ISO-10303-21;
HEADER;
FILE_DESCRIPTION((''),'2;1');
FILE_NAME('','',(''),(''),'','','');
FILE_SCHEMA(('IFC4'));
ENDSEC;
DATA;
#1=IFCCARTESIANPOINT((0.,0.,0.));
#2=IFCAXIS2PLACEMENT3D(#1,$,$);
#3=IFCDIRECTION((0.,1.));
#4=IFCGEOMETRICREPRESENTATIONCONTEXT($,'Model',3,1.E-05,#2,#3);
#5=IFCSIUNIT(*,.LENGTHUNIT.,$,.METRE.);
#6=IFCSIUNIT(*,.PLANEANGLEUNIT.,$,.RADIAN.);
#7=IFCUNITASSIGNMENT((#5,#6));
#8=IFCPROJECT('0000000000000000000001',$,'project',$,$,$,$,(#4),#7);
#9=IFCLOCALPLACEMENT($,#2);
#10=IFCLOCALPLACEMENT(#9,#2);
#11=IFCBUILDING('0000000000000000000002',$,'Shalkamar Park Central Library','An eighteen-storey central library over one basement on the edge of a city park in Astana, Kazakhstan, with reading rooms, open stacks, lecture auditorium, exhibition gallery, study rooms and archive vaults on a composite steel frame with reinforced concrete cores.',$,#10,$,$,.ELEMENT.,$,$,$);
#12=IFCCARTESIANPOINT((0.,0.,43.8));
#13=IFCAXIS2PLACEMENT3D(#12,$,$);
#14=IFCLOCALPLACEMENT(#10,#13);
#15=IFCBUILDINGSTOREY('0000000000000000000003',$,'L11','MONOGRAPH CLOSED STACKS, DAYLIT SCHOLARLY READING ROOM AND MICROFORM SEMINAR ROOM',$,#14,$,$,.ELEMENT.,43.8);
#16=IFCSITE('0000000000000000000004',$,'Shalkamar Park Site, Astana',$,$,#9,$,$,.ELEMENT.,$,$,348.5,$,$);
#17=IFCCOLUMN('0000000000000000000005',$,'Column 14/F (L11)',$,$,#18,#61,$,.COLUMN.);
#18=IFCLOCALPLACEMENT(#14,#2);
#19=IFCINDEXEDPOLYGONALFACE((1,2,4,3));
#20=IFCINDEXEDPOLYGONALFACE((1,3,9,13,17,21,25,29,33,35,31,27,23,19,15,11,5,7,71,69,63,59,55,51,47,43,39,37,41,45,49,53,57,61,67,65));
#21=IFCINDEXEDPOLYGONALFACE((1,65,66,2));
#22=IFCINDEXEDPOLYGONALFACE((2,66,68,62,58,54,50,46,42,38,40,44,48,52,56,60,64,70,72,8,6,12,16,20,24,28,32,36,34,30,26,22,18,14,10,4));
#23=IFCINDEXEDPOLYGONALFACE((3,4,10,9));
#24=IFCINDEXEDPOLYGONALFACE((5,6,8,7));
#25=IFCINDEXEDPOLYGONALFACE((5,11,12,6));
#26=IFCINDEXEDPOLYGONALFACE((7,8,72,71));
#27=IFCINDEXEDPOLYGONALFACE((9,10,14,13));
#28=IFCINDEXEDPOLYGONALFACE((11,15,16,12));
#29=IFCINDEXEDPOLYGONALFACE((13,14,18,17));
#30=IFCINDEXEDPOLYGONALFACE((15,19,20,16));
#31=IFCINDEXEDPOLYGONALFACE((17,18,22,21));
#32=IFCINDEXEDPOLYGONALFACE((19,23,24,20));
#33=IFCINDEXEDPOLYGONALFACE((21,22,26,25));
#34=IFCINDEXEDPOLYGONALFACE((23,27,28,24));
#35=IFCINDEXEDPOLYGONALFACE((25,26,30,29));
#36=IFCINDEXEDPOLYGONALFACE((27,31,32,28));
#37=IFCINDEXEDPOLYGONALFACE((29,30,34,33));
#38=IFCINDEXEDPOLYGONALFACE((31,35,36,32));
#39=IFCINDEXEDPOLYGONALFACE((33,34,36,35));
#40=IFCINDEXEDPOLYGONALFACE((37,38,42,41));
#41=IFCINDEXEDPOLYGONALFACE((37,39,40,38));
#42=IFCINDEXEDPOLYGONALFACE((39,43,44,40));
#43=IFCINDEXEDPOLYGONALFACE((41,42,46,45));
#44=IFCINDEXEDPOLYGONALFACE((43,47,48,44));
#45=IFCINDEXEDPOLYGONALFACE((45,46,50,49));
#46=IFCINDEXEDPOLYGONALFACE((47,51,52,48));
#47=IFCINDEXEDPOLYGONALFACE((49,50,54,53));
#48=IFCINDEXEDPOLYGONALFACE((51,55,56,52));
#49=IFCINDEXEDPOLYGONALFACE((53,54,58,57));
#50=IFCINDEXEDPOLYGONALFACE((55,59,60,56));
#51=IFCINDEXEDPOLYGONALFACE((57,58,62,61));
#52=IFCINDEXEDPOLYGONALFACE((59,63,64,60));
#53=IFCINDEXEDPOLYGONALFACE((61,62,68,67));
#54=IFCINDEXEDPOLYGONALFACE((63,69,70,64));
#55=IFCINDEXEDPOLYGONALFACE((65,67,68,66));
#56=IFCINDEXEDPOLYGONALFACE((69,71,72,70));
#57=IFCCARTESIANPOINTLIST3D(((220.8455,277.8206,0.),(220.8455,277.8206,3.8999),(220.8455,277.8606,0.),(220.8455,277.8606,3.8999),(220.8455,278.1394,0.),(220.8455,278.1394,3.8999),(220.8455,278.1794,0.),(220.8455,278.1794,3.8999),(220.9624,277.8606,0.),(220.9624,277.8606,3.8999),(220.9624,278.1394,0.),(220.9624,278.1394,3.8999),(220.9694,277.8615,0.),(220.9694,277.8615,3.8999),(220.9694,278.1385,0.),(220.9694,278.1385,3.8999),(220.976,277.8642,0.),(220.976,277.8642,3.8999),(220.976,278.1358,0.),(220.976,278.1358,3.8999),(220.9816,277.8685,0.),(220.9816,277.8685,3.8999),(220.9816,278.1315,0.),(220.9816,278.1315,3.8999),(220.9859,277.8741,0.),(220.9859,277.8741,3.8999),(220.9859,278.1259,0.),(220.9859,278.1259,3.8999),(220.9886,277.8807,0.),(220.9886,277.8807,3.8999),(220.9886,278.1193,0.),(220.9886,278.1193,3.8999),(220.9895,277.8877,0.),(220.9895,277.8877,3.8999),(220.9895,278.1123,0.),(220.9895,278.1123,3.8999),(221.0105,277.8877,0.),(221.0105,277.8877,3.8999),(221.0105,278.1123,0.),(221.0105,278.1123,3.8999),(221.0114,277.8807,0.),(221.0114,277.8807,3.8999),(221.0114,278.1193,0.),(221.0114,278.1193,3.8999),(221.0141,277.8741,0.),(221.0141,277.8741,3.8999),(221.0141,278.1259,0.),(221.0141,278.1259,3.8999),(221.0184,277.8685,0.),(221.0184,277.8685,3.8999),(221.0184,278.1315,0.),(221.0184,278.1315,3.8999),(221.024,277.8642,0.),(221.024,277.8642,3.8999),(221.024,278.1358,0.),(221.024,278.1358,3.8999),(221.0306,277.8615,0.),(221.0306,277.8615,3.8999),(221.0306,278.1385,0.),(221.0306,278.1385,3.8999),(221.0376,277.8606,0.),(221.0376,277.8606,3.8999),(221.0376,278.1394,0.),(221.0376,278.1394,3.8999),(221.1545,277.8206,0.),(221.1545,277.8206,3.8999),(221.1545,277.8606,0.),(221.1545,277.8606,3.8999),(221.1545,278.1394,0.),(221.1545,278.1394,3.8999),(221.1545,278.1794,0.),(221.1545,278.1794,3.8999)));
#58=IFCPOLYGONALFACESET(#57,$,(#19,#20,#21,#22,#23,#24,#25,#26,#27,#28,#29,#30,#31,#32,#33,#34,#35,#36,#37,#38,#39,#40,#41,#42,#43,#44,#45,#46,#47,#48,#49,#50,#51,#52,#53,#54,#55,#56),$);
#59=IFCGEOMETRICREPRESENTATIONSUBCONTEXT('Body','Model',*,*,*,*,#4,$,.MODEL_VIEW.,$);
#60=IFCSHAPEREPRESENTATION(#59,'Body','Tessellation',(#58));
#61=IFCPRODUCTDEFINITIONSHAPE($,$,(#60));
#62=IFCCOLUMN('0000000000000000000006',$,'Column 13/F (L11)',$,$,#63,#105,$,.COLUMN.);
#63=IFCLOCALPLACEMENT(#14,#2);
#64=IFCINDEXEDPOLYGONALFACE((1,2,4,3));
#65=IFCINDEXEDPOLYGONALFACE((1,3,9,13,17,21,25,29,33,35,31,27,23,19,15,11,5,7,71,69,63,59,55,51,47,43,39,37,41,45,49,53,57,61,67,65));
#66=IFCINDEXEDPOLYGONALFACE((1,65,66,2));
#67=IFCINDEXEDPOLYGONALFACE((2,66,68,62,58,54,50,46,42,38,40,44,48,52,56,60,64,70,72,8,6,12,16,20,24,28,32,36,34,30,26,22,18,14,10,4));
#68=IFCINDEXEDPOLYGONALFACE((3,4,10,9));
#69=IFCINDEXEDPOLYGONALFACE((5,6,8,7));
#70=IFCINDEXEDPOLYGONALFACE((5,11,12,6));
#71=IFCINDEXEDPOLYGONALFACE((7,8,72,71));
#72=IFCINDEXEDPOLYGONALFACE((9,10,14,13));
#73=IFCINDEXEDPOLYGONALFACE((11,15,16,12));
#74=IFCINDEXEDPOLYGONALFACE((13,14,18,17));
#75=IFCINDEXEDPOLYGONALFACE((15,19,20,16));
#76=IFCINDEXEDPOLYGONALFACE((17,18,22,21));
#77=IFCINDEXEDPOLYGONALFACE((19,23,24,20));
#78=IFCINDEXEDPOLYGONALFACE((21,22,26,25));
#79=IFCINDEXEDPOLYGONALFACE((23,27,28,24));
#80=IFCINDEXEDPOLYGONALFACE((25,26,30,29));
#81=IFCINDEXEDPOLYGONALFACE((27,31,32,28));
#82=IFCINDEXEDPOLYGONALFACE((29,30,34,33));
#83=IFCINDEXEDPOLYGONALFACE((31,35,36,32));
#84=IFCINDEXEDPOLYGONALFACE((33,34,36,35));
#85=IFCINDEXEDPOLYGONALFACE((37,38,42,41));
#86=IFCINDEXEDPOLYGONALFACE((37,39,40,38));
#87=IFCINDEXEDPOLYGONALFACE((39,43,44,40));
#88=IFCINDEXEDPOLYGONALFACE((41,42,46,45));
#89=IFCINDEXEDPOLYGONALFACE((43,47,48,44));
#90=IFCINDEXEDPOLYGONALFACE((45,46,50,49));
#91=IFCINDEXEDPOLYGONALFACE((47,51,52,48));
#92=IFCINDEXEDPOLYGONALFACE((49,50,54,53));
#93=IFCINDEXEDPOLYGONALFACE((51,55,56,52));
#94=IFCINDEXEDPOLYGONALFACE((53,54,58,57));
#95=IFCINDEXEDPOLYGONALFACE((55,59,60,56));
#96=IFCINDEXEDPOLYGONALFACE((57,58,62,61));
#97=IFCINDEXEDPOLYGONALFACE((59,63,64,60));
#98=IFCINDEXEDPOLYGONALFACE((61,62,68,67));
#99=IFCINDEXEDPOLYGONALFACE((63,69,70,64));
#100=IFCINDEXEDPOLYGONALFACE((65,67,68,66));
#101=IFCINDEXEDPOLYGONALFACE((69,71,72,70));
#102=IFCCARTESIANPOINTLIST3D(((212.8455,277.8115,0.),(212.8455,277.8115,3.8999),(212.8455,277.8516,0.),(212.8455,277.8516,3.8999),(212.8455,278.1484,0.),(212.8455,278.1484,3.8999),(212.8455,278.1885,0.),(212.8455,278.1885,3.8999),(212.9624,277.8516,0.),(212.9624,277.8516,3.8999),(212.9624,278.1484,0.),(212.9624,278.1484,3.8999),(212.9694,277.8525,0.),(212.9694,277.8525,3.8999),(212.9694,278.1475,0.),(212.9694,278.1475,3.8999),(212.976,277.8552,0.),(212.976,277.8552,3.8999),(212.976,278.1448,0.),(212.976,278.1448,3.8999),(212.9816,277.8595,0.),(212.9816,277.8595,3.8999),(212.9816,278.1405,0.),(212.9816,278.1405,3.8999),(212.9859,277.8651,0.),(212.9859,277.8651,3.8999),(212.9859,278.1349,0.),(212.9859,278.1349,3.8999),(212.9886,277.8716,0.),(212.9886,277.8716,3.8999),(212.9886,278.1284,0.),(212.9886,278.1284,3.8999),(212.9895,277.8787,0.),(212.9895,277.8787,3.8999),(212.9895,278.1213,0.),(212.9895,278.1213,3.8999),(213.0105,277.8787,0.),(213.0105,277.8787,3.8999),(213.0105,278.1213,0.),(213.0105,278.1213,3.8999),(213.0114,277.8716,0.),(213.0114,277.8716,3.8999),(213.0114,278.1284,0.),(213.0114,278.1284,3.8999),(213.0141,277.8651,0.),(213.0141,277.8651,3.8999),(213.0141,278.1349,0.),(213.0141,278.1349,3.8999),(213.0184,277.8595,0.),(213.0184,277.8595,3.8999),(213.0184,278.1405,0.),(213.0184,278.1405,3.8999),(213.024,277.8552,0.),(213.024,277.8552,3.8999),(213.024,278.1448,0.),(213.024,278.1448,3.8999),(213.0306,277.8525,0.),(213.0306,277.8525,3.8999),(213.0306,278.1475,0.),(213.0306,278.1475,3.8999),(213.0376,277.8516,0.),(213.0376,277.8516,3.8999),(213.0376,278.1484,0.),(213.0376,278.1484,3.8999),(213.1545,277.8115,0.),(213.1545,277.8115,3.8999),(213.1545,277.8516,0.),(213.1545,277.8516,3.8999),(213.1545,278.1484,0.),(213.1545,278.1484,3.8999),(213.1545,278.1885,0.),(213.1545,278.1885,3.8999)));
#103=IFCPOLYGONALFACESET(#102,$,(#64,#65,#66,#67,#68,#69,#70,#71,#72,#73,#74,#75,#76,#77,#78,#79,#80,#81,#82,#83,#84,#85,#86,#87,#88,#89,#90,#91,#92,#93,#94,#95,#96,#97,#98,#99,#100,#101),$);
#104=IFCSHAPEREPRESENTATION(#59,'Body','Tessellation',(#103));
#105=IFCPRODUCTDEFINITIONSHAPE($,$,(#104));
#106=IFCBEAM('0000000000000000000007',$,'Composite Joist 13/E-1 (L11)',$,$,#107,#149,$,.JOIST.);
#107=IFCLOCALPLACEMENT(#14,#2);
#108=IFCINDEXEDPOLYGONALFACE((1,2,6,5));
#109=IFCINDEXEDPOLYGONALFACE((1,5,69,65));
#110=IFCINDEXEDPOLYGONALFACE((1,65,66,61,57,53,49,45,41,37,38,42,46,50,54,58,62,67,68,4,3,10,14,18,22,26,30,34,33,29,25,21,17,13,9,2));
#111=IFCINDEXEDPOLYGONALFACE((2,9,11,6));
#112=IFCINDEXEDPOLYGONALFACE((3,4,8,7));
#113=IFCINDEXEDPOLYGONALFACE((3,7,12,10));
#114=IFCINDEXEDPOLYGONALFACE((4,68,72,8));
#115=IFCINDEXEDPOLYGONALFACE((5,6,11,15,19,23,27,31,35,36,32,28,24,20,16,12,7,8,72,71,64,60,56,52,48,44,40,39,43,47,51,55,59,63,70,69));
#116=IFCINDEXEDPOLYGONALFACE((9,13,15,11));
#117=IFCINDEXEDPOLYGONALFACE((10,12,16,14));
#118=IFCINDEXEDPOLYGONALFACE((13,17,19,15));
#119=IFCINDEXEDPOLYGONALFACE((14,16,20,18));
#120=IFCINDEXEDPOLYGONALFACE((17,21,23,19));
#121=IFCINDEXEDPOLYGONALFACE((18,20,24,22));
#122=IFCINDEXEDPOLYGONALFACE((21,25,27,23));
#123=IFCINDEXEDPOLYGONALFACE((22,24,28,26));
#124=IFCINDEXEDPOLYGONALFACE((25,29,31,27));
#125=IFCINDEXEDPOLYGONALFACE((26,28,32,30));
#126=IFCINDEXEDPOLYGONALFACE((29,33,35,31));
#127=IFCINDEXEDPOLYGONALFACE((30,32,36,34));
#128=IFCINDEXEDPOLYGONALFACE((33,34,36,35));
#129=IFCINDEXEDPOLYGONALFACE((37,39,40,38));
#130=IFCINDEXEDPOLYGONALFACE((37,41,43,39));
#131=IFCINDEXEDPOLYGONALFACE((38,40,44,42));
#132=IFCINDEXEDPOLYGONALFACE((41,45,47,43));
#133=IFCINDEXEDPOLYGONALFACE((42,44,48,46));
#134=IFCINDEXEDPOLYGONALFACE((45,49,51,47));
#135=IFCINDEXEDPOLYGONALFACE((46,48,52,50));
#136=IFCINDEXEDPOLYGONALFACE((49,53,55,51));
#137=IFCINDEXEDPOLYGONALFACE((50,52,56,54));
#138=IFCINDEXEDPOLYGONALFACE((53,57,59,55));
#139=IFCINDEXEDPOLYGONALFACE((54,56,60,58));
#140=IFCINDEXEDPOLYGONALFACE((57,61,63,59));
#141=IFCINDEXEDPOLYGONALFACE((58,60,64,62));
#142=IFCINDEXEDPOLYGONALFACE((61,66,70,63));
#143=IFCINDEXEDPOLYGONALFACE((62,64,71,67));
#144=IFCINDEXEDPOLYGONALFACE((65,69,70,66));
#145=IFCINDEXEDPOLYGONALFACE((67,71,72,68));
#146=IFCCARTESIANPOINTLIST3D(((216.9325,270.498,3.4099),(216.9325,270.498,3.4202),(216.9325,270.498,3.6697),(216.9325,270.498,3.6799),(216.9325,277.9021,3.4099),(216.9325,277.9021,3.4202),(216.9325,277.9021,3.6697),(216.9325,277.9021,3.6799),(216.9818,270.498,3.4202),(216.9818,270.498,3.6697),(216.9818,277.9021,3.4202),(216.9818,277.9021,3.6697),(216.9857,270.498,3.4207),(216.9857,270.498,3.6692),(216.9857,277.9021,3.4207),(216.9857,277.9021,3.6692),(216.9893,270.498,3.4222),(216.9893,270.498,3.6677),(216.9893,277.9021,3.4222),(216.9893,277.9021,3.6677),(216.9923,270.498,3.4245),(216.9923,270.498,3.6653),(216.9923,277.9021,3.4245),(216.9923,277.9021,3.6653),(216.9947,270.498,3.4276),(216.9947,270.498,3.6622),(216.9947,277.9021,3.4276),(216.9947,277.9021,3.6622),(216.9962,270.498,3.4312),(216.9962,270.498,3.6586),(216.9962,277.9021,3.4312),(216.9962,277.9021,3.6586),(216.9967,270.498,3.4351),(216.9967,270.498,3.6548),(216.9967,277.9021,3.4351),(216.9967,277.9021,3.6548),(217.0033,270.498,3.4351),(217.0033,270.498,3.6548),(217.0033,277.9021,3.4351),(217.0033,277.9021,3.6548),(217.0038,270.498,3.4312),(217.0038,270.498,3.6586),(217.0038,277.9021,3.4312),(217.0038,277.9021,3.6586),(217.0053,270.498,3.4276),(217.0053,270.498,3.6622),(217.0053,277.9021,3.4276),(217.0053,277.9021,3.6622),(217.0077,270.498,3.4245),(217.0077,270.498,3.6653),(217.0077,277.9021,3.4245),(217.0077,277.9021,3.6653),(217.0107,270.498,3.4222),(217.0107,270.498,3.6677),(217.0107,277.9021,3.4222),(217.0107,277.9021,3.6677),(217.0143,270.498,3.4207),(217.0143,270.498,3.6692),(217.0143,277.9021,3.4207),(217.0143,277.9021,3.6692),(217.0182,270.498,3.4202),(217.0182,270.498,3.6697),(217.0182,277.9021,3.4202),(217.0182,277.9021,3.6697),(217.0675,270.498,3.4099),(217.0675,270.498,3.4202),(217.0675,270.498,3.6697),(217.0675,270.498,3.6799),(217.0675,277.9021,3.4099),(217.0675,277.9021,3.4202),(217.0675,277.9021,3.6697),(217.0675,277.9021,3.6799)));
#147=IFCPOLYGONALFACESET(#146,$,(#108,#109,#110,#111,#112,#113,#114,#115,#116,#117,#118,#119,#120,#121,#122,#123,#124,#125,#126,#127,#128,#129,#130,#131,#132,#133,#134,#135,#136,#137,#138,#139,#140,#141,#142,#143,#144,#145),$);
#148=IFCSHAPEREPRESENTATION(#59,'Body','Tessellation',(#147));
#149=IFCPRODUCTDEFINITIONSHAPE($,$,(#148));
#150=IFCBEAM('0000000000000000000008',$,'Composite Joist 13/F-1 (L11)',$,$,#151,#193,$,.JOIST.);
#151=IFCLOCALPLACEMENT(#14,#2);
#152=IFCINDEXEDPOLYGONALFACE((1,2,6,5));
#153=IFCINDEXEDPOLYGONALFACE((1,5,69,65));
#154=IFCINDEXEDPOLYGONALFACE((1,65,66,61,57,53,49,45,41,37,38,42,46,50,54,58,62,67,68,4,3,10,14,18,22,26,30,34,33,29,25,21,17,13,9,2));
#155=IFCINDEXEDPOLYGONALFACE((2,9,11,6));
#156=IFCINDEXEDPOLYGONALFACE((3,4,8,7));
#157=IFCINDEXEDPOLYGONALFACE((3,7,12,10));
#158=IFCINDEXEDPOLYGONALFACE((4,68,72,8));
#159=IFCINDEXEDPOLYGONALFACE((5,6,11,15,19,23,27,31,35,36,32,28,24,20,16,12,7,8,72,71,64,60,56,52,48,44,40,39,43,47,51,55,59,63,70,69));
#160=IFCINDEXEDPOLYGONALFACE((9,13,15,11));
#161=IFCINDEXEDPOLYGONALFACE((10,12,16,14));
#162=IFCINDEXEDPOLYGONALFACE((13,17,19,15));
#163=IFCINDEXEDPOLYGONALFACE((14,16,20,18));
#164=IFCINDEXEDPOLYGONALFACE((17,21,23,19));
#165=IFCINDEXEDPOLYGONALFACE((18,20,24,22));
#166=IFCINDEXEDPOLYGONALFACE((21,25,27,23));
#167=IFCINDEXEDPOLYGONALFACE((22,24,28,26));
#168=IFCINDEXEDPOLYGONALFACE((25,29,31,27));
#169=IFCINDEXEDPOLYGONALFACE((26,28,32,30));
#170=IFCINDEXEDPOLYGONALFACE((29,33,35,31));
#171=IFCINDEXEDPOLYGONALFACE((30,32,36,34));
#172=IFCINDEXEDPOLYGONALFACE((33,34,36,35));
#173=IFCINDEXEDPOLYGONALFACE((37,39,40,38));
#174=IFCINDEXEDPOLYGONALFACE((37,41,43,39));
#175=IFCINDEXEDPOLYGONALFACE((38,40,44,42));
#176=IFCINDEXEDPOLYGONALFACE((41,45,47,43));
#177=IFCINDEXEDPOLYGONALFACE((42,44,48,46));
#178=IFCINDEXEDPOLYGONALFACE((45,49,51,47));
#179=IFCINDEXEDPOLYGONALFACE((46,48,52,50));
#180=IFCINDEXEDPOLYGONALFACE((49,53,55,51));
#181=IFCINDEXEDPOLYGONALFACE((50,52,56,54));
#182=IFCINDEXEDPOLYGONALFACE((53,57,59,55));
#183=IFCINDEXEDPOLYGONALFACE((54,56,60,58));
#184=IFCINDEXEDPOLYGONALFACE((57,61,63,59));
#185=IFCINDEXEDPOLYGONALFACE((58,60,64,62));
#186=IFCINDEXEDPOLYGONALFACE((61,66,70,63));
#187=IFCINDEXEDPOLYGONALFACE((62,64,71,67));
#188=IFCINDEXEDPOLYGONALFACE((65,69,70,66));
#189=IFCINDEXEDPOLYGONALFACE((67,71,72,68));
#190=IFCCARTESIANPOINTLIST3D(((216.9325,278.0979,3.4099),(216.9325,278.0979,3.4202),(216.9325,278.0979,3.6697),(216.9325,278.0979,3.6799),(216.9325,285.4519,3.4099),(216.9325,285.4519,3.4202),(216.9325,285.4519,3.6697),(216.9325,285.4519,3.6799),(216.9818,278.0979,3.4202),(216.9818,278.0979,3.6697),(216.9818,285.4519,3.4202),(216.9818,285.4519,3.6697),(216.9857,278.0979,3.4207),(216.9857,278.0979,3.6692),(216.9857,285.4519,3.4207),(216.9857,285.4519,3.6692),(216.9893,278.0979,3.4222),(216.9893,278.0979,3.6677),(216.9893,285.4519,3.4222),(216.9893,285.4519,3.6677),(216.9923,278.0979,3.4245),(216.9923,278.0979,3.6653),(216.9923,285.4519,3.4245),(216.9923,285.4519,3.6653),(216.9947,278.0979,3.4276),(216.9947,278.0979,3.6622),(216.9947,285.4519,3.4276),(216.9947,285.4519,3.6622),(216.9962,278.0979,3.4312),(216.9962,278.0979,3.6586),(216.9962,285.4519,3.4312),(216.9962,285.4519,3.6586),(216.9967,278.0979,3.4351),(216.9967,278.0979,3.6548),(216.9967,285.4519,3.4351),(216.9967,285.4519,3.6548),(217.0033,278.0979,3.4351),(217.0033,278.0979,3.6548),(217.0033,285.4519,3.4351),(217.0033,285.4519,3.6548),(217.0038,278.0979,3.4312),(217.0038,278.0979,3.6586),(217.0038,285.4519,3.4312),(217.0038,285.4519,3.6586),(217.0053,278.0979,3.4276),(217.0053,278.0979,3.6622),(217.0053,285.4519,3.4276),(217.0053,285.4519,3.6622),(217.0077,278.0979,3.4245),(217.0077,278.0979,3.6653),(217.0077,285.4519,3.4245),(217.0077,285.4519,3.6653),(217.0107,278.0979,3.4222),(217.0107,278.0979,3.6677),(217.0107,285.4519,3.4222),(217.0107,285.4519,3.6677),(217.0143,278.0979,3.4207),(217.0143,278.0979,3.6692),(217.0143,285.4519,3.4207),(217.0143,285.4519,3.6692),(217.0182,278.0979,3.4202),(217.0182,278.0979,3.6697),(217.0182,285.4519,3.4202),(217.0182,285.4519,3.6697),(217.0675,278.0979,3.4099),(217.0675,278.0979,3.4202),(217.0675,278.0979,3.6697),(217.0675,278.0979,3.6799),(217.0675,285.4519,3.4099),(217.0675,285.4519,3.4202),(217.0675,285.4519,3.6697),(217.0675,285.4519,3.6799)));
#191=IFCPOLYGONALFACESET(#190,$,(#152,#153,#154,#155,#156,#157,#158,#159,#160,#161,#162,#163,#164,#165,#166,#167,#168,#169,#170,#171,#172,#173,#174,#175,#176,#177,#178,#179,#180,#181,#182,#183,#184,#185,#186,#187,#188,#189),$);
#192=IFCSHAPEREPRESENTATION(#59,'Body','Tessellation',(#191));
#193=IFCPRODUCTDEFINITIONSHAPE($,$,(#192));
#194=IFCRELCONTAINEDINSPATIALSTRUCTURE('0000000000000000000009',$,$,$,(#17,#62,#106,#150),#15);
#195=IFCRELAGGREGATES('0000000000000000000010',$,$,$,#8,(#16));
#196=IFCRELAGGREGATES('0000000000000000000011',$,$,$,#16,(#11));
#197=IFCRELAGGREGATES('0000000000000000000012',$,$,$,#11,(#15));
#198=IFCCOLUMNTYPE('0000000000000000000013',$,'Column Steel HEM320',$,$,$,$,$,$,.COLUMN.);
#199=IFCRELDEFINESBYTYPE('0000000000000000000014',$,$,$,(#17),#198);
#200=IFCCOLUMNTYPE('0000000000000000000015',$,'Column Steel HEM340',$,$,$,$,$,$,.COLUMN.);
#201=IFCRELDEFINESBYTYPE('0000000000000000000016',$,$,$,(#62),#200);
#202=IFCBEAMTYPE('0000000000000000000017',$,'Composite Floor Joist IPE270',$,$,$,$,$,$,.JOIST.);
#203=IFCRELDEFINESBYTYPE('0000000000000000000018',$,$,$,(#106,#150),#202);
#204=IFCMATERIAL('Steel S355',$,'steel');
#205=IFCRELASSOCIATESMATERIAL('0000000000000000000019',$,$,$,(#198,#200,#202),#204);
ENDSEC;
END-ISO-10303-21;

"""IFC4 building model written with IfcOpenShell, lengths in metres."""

from ifc_helpers import new_model, si_unit, direction, frame, origin, origin_2d, place, context, subcontext, project, spatial, i_section, extrude, material, material_profile, profile_set, type_object, element, save


model = new_model("IFC4")

# Units and contexts
model_context = context("Model", 3, precision=1e-05, world=origin(), true_north=direction((0.0, 1.0)))
body_context = subcontext(model_context, "Body", "Model", "MODEL_VIEW")
ifc_project = project(units=[si_unit("LENGTHUNIT", "METRE"), si_unit("PLANEANGLEUNIT", "RADIAN")], contexts=[model_context])

# Site, building, storey
site_placement = place(None, origin())
site = spatial("IfcSite", under=ifc_project, at=site_placement, Name="Shalkamar Park Site, Astana", CompositionType="ELEMENT", RefElevation=348.5)
building_placement = place(site_placement, origin())
building = spatial("IfcBuilding", under=site, at=building_placement, Name="Shalkamar Park Central Library", Description="An eighteen-storey central library over one basement on the edge of a city park in Astana, Kazakhstan, with reading rooms, open stacks, lecture auditorium, exhibition gallery, study rooms and archive vaults on a composite steel frame with reinforced concrete cores.", CompositionType="ELEMENT")
storey_placement = place(building_placement, frame((0.0, 0.0, 43.8)))
storey = spatial("IfcBuildingStorey", under=building, at=storey_placement, Name="L11", Description="MONOGRAPH CLOSED STACKS, DAYLIT SCHOLARLY READING ROOM AND MICROFORM SEMINAR ROOM", CompositionType="ELEMENT", Elevation=43.8)

# Columns
ifc_material_1 = material(Name="Steel S355", Category="steel")
ifc_material_profile_1 = material_profile(ifc_material_1, i_section(OverallWidth=0.3091, OverallDepth=0.3589, WebThickness=0.021, FlangeThickness=0.04, FilletRadius=0.0271, at=origin_2d()), Name="HEM 320")
ifc_profile_set_1 = profile_set([ifc_material_profile_1], Name="Steel S355")
column_type_1 = type_object("IfcColumnType", Name="Column Steel HEM320", PredefinedType="COLUMN", material=ifc_profile_set_1)
column_1_placement = place(storey_placement, frame((221.0, 278.0, 0.0), z_axis=(0.0, 0.0, 1.0), x_axis=(1.0, 0.0, 0.0)))
element("IfcColumn", 1, at=column_1_placement, inside=storey, type_object=column_type_1, Name="Column 14/F (L11)", PredefinedType="COLUMN", context=body_context, shape_type="SweptSolid", body=[
    extrude(i_section(OverallWidth=0.3091, OverallDepth=0.3589, WebThickness=0.021, FlangeThickness=0.04, FilletRadius=0.0271, at=origin_2d()), origin(), (0.0, 0.0, 1.0), 3.8999),
])
ifc_material_profile_2 = material_profile(ifc_material_1, i_section(OverallWidth=0.3091, OverallDepth=0.377, WebThickness=0.021, FlangeThickness=0.04, FilletRadius=0.0271, at=origin_2d()), Name="HEM 340")
ifc_profile_set_2 = profile_set([ifc_material_profile_2], Name="Steel S355")
column_type_2 = type_object("IfcColumnType", Name="Column Steel HEM340", PredefinedType="COLUMN", material=ifc_profile_set_2)
column_2_placement = place(storey_placement, frame((213.0, 278.0, 0.0), z_axis=(0.0, 0.0, 1.0), x_axis=(1.0, 0.0, 0.0)))
element("IfcColumn", 2, at=column_2_placement, inside=storey, type_object=column_type_2, Name="Column 13/F (L11)", PredefinedType="COLUMN", context=body_context, shape_type="SweptSolid", body=[
    extrude(i_section(OverallWidth=0.3091, OverallDepth=0.377, WebThickness=0.021, FlangeThickness=0.04, FilletRadius=0.0271, at=origin_2d()), origin(), (0.0, 0.0, 1.0), 3.8999),
])

# Beams
ifc_material_profile_3 = material_profile(ifc_material_1, i_section(OverallWidth=0.135, OverallDepth=0.27, WebThickness=0.0066, FlangeThickness=0.0103, FilletRadius=0.0149, at=origin_2d()), Name="IPE 270")
ifc_profile_set_3 = profile_set([ifc_material_profile_3], Name="Steel S355")
beam_type_1 = type_object("IfcBeamType", Name="Composite Floor Joist IPE270", PredefinedType="JOIST", material=ifc_profile_set_3)
beam_1_placement = place(storey_placement, frame((217.0, 270.498, 3.5449), z_axis=(0.0, 1.0, 0.0), x_axis=(-1.0, 0.0, 0.0)))
element("IfcBeam", 3, at=beam_1_placement, inside=storey, type_object=beam_type_1, Name="Composite Joist 13/E-1 (L11)", PredefinedType="JOIST", context=body_context, shape_type="SweptSolid", body=[
    extrude(i_section(OverallWidth=0.135, OverallDepth=0.27, WebThickness=0.0066, FlangeThickness=0.0103, FilletRadius=0.0149, at=origin_2d()), origin(), (0.0, 0.0, 1.0), 7.4041),
])
beam_2_placement = place(storey_placement, frame((217.0, 278.0979, 3.5449), z_axis=(0.0, 1.0, 0.0), x_axis=(-1.0, 0.0, 0.0)))
element("IfcBeam", 4, at=beam_2_placement, inside=storey, type_object=beam_type_1, Name="Composite Joist 13/F-1 (L11)", PredefinedType="JOIST", context=body_context, shape_type="SweptSolid", body=[
    extrude(i_section(OverallWidth=0.135, OverallDepth=0.27, WebThickness=0.0066, FlangeThickness=0.0103, FilletRadius=0.0149, at=origin_2d()), origin(), (0.0, 0.0, 1.0), 7.354),
])

save(model, "model.ifc")
